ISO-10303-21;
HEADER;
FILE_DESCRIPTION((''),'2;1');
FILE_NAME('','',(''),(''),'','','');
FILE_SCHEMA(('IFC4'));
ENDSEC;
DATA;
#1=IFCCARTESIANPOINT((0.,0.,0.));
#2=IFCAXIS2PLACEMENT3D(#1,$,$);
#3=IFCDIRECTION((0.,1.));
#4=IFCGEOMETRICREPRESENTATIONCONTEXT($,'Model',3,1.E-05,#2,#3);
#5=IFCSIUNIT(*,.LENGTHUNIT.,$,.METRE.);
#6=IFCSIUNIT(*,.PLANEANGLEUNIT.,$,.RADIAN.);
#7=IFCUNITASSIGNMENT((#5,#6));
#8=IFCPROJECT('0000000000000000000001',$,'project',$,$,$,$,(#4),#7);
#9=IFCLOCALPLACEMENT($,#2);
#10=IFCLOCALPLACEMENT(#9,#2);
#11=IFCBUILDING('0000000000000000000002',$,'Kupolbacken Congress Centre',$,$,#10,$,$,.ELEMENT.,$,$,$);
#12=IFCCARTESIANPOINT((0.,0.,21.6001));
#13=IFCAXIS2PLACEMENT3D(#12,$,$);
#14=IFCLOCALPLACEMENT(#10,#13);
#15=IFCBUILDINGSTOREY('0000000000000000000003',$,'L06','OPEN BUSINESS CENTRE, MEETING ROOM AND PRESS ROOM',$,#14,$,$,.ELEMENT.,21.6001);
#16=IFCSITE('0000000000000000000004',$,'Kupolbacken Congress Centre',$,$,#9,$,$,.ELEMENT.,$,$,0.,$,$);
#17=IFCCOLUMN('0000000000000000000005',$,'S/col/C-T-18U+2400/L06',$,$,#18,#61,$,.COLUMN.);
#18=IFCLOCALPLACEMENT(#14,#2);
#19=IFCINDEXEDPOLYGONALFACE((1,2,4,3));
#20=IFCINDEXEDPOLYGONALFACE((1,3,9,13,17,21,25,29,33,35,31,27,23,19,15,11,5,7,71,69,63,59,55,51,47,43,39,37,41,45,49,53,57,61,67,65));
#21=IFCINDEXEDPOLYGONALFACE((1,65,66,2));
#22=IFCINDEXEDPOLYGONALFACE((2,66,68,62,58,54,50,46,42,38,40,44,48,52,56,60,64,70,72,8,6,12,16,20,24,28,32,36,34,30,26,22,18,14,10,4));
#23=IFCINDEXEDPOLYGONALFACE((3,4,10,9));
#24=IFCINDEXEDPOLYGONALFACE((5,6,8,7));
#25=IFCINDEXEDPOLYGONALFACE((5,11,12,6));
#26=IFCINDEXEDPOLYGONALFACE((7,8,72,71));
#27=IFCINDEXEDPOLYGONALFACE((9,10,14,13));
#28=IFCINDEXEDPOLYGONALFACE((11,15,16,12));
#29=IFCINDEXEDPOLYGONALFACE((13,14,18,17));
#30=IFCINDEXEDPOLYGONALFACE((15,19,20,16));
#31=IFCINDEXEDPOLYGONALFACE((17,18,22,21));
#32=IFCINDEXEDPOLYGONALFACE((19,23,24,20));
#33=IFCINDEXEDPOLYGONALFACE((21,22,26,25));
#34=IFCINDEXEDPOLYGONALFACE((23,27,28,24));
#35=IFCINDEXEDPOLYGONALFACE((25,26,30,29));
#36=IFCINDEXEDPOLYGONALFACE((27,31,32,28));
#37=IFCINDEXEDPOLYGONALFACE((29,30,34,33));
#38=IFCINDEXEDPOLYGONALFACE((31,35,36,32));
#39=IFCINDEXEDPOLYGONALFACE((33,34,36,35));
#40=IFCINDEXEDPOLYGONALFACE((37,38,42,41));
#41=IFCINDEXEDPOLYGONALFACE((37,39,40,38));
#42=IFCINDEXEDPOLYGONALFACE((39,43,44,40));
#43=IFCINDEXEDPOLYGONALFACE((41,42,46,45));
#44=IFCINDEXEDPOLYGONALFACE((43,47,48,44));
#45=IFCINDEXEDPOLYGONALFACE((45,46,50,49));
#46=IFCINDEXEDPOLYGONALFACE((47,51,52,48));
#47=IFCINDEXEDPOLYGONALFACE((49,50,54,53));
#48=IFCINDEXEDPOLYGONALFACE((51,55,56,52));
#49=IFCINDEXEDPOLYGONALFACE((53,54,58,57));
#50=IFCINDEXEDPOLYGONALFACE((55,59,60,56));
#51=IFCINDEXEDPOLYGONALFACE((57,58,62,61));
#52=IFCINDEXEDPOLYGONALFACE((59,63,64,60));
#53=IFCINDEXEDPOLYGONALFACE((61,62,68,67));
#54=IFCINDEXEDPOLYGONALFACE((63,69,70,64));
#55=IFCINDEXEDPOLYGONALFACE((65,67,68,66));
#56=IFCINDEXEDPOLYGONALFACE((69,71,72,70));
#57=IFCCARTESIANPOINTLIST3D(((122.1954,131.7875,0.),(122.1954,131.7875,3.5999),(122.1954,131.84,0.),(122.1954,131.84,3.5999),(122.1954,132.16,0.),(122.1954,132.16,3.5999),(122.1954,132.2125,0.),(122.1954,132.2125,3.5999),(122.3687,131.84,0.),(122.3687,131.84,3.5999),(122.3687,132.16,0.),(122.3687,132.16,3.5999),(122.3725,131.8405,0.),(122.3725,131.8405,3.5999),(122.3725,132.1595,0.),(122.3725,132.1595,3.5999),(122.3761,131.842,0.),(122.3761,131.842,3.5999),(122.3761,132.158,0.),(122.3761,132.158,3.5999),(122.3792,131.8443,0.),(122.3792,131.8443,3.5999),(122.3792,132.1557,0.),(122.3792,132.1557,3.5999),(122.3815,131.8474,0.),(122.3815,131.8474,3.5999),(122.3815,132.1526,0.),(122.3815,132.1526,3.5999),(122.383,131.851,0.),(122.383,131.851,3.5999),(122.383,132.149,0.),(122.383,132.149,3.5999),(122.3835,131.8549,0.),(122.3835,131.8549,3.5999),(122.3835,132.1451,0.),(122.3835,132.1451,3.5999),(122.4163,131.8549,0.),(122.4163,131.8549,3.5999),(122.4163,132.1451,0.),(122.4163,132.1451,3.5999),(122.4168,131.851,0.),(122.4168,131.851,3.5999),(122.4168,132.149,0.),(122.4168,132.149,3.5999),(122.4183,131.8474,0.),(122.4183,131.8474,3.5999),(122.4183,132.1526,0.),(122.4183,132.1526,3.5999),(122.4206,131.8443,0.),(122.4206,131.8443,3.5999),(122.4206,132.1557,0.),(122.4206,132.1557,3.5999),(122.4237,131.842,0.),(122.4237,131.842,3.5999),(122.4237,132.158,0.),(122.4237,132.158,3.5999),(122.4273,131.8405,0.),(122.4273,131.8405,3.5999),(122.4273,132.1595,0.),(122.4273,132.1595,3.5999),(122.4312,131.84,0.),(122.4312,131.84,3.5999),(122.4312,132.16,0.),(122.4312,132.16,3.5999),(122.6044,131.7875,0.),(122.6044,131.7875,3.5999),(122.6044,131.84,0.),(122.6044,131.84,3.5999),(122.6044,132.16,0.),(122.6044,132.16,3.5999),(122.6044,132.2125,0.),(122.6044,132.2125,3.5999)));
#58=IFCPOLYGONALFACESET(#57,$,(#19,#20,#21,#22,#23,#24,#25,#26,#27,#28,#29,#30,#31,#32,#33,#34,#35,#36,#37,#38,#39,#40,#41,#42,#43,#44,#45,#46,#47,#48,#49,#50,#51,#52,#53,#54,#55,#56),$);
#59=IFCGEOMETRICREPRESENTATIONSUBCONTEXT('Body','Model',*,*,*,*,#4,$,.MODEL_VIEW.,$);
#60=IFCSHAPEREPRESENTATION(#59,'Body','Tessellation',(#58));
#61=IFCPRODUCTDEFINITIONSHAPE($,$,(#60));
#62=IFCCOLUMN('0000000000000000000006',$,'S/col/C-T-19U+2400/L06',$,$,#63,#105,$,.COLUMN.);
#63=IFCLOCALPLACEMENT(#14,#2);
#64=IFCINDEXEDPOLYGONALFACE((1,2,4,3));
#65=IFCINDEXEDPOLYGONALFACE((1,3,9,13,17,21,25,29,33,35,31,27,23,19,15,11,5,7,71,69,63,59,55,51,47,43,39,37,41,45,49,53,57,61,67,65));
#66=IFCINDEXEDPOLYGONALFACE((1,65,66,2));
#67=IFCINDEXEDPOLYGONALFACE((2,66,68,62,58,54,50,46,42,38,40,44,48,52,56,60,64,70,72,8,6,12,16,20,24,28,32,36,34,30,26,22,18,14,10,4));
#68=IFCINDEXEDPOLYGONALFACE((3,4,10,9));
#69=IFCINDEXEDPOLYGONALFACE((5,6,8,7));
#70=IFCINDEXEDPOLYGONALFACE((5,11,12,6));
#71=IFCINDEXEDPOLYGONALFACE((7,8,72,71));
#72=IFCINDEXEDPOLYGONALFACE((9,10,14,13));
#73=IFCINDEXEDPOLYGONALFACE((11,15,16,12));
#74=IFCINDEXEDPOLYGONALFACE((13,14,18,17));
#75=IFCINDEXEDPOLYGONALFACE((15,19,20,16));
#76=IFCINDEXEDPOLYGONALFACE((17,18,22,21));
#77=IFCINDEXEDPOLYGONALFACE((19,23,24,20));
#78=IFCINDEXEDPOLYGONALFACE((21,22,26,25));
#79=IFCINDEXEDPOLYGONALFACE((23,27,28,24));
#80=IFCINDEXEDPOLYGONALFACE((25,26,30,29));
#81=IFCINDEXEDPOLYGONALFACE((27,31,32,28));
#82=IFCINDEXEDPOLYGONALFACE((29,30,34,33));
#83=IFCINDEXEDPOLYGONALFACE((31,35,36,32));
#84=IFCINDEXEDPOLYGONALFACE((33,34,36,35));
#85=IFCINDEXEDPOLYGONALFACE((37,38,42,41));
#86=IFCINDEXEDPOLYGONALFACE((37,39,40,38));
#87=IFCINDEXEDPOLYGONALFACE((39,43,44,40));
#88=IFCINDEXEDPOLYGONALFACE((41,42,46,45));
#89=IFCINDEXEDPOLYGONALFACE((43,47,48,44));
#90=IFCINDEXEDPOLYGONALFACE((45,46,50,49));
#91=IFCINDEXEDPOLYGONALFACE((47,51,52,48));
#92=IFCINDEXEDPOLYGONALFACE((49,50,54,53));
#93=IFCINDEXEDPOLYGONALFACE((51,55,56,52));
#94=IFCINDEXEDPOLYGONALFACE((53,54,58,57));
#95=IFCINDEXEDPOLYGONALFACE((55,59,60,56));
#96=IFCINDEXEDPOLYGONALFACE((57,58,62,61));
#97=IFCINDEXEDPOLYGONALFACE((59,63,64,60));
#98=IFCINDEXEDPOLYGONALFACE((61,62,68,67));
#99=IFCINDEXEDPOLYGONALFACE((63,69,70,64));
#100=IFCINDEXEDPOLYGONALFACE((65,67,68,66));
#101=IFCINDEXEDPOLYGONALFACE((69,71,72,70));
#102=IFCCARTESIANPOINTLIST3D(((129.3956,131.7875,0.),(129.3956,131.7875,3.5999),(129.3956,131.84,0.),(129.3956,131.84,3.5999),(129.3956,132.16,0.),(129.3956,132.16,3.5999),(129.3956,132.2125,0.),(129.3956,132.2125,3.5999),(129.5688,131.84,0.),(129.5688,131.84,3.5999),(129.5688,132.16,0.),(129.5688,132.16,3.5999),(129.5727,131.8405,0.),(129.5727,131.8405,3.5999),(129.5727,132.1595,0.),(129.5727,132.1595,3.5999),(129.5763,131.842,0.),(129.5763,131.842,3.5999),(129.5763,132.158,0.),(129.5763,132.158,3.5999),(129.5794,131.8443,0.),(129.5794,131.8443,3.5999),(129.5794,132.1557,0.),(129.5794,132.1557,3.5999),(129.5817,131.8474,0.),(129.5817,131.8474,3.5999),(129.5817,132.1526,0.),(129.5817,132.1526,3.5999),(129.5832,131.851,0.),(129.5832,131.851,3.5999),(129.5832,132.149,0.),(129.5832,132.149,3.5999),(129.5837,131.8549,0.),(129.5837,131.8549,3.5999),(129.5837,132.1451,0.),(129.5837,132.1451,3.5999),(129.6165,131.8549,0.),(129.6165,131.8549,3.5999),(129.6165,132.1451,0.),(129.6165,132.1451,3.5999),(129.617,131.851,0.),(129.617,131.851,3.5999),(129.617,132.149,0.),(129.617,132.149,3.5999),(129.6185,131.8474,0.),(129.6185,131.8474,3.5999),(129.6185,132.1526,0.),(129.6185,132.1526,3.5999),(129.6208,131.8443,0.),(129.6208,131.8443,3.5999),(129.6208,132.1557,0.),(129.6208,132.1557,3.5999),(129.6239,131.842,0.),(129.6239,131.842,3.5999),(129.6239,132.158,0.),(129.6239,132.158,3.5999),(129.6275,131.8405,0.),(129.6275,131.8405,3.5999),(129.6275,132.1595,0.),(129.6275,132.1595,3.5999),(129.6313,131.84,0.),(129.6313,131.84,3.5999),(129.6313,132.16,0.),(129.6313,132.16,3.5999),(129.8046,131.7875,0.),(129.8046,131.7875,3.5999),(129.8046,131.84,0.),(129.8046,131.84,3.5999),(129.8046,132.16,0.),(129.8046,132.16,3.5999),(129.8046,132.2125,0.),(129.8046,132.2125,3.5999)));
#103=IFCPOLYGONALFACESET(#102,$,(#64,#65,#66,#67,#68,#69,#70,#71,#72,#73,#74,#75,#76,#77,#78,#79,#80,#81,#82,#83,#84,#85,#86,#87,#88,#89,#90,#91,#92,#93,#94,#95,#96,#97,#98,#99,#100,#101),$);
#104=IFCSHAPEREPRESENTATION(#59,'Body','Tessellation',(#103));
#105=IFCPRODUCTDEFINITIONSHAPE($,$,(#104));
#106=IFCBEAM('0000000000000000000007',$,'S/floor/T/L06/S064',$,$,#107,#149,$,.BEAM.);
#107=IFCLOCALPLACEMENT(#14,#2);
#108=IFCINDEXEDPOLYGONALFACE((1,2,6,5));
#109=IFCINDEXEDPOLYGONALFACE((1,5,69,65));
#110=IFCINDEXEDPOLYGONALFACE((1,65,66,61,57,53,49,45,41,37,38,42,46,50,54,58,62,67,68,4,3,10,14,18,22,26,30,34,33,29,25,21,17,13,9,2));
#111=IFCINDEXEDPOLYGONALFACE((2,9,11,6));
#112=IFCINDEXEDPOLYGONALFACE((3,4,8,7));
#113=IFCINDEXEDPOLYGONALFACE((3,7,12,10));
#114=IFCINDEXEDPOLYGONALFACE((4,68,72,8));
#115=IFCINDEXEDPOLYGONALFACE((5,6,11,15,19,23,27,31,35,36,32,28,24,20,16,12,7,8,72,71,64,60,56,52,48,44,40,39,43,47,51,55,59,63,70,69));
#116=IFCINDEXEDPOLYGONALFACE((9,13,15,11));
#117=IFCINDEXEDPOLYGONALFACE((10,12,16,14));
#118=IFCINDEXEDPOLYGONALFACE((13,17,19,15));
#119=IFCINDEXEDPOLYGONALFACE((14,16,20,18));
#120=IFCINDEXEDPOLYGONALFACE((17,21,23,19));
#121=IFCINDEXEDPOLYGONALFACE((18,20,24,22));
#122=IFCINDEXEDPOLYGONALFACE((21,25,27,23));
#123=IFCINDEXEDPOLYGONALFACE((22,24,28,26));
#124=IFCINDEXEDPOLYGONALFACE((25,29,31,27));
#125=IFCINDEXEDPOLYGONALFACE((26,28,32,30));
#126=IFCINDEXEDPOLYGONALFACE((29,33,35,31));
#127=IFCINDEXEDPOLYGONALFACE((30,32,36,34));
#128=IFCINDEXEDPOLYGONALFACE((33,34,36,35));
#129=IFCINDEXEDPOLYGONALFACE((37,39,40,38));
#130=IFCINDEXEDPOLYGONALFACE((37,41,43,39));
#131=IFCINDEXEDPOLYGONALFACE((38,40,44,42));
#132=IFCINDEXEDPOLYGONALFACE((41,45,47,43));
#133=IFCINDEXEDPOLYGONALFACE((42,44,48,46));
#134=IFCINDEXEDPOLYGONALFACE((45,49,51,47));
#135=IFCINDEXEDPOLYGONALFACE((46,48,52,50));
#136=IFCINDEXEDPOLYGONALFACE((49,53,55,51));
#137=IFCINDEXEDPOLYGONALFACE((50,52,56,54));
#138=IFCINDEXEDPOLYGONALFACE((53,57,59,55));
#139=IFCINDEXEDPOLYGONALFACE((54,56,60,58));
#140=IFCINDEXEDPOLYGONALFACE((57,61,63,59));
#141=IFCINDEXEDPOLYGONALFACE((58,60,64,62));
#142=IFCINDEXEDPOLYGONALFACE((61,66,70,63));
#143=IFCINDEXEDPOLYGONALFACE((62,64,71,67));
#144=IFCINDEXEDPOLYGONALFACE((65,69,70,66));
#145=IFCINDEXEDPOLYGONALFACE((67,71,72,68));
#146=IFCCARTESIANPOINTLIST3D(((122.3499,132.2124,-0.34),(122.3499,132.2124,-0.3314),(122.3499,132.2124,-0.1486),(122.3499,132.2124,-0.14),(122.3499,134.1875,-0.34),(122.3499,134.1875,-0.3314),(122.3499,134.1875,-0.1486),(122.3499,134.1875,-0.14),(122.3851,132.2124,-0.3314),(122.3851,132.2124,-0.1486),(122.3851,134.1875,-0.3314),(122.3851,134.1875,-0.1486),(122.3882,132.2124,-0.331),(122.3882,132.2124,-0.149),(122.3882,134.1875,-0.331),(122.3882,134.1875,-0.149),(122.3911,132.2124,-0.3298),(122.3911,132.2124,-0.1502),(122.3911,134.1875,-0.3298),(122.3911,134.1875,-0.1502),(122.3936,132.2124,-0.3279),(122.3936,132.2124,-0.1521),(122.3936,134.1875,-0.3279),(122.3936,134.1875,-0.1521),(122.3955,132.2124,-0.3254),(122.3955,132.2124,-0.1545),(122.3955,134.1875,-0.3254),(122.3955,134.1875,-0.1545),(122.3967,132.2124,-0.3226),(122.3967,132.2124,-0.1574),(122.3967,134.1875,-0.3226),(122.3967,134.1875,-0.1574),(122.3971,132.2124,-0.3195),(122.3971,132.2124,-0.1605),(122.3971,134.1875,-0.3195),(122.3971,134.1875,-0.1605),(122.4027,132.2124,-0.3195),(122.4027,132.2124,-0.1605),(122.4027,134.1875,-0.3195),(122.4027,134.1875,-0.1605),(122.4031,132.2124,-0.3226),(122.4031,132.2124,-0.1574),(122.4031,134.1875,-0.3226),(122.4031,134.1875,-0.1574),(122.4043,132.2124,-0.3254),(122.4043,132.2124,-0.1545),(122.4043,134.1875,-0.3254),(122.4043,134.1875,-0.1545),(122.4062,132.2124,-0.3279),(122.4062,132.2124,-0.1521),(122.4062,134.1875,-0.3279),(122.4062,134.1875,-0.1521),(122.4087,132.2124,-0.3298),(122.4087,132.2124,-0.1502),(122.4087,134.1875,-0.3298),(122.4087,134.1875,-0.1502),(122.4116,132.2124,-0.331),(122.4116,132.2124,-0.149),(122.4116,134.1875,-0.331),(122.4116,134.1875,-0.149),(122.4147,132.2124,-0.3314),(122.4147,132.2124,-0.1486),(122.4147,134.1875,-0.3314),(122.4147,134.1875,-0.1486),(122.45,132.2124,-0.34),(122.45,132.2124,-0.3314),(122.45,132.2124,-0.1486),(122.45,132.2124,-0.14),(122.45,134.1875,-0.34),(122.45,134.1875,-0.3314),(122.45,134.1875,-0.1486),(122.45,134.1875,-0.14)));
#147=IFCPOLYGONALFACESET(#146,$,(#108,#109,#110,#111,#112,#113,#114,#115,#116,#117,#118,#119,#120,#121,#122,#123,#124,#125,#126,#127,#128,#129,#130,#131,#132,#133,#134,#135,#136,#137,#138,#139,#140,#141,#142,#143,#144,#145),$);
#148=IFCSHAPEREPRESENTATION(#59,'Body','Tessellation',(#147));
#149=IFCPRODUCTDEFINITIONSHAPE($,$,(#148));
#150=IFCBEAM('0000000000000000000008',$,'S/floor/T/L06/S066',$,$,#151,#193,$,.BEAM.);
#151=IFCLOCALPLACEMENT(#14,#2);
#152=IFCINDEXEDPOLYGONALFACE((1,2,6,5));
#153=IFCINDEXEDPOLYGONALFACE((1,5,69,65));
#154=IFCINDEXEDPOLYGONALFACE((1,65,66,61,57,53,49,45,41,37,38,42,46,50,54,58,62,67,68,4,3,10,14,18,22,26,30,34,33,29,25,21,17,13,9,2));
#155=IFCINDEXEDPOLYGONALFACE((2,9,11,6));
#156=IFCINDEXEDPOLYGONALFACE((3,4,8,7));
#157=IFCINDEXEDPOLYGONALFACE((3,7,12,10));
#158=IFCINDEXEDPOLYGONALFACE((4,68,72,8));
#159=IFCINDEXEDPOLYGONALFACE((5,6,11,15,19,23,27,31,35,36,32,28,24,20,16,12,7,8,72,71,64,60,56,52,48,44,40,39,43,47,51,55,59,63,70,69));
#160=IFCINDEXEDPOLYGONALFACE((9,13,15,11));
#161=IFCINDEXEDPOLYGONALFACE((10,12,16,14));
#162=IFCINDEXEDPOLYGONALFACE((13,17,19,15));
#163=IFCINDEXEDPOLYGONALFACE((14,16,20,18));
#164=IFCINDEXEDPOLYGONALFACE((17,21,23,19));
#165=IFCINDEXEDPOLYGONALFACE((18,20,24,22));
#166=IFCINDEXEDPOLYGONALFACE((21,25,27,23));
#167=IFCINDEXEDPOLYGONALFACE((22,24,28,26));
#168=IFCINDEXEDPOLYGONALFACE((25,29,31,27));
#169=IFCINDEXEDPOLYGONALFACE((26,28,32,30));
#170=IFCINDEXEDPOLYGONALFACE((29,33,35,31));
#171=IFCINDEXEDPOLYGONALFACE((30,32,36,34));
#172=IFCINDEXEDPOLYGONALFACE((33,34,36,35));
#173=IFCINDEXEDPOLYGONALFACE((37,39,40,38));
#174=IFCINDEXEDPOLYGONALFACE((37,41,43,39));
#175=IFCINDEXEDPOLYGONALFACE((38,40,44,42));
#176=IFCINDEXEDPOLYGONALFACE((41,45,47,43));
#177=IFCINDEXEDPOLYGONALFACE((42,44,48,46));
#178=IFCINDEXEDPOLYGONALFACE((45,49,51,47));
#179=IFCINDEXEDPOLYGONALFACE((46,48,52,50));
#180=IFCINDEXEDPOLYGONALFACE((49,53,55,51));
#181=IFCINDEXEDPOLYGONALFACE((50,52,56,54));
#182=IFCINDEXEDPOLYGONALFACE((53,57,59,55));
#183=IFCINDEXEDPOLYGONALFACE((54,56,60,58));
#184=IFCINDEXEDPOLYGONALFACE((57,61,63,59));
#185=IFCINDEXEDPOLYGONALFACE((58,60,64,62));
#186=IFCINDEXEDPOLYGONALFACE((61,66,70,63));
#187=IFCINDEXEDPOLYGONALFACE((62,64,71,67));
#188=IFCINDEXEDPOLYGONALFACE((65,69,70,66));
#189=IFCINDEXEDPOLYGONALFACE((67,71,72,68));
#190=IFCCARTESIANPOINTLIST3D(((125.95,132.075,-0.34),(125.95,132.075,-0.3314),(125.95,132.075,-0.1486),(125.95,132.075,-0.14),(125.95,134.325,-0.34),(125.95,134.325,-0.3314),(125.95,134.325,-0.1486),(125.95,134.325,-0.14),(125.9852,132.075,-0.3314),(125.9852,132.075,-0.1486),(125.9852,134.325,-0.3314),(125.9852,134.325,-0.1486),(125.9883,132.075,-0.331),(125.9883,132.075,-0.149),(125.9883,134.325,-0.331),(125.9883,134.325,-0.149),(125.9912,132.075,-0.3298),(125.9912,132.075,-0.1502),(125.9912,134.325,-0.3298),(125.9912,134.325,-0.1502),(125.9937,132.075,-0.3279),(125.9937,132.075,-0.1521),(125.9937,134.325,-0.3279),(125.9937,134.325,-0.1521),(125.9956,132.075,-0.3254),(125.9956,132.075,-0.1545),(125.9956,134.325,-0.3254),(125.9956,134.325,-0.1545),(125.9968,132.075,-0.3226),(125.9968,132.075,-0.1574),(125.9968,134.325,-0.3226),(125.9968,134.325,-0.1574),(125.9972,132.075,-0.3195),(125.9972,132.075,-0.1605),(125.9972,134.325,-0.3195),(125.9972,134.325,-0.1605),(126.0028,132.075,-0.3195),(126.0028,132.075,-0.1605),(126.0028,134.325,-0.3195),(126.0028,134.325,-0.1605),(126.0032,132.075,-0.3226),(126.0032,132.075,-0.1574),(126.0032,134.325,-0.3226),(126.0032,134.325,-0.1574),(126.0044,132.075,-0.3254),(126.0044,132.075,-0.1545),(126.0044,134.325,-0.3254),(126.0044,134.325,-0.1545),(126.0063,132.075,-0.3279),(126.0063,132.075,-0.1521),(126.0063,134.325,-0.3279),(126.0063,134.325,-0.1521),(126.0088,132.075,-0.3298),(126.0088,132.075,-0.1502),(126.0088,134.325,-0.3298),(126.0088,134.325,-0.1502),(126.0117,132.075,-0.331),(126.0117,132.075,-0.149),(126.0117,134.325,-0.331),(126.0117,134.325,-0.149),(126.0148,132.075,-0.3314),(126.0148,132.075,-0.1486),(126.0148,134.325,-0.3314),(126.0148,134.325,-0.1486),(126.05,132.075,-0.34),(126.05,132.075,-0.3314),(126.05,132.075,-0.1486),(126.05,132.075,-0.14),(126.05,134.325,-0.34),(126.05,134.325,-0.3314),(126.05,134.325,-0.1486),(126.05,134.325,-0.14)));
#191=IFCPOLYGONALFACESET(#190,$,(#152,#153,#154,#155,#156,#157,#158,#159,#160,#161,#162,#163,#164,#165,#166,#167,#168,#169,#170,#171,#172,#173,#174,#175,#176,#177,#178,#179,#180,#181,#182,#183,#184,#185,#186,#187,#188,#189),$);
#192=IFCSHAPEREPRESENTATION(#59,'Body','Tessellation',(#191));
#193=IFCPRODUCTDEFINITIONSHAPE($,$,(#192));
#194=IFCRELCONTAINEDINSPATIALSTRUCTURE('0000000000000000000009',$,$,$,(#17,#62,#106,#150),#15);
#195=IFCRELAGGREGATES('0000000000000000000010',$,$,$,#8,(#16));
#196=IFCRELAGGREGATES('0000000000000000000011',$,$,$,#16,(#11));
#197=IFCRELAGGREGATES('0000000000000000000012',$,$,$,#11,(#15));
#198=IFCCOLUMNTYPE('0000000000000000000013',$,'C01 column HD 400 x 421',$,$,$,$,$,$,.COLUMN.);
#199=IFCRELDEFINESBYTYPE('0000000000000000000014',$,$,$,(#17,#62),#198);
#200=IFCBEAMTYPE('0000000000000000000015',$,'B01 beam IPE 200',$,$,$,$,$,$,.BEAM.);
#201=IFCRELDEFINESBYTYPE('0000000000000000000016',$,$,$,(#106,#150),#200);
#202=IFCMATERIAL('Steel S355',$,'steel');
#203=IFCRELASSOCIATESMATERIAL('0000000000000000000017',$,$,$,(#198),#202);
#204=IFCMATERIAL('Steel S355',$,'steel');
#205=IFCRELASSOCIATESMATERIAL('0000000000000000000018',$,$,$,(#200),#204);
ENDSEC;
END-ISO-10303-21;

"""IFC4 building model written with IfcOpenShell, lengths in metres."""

from ifc_helpers import new_model, si_unit, direction, frame, origin, origin_2d, place, context, subcontext, project, spatial, i_section, extrude, material, material_profile, profile_set, type_object, element, save


model = new_model("IFC4")

# Units and contexts
model_context = context("Model", 3, precision=1e-05, world=origin(), true_north=direction((0.0, 1.0)))
body_context = subcontext(model_context, "Body", "Model", "MODEL_VIEW")
ifc_project = project(units=[si_unit("LENGTHUNIT", "METRE"), si_unit("PLANEANGLEUNIT", "RADIAN")], contexts=[model_context])

# Site, building, storey
site_placement = place(None, origin())
site = spatial("IfcSite", under=ifc_project, at=site_placement, Name="Kupolbacken Congress Centre", CompositionType="ELEMENT", RefElevation=0.0)
building_placement = place(site_placement, origin())
building = spatial("IfcBuilding", under=site, at=building_placement, Name="Kupolbacken Congress Centre", CompositionType="ELEMENT")
storey_placement = place(building_placement, frame((0.0, 0.0, 21.6001)))
storey = spatial("IfcBuildingStorey", under=building, at=storey_placement, Name="L06", Description="OPEN BUSINESS CENTRE, MEETING ROOM AND PRESS ROOM", CompositionType="ELEMENT", Elevation=21.6001)

# Columns
ifc_material_1 = material(Name="Steel S355", Category="steel")
ifc_material_profile_1 = material_profile(ifc_material_1, i_section(OverallWidth=0.4089, OverallDepth=0.425, WebThickness=0.0327, FlangeThickness=0.0525, FilletRadius=0.0149, at=origin_2d()), Name="HD 400 x 421")
ifc_profile_set_1 = profile_set([ifc_material_profile_1], Name="Steel S355")
column_type = type_object("IfcColumnType", Name="C01 column HD 400 x 421", PredefinedType="COLUMN", material=ifc_profile_set_1)
for number, where, z_axis, x_axis, name in (
    (1, (122.3999, 132.0, 0.0), (0.0, 0.0, 1.0), (1.0, 0.0, 0.0), "S/col/C-T-18U+2400/L06"),
    (2, (129.6001, 132.0, 0.0), (0.0, 0.0, 1.0), (1.0, 0.0, 0.0), "S/col/C-T-19U+2400/L06"),
):
    element("IfcColumn", number, at=place(storey_placement, frame(where, z_axis=z_axis, x_axis=x_axis)), inside=storey, type_object=column_type, Name=name, PredefinedType="COLUMN", context=body_context, shape_type="SweptSolid", body=[
        extrude(i_section(OverallWidth=0.4089, OverallDepth=0.425, WebThickness=0.0327, FlangeThickness=0.0525, FilletRadius=0.0149, at=origin_2d()), origin(), (0.0, 0.0, 1.0), 3.5999),
    ])

# Beams
ifc_material_2 = material(Name="Steel S355", Category="steel")
ifc_material_profile_2 = material_profile(ifc_material_2, i_section(OverallWidth=0.1001, OverallDepth=0.2, WebThickness=0.0056, FlangeThickness=0.0085, FilletRadius=0.012, at=origin_2d()), Name="IPE 200")
ifc_profile_set_2 = profile_set([ifc_material_profile_2], Name="Steel S355")
beam_type_1 = type_object("IfcBeamType", Name="B01 beam IPE 200", PredefinedType="BEAM", material=ifc_profile_set_2)
beam_1_placement = place(storey_placement, frame((122.3999, 132.2124, -0.24), z_axis=(0.0, 1.0, 0.0), x_axis=(-1.0, 0.0, 0.0)))
element("IfcBeam", 3, at=beam_1_placement, inside=storey, type_object=beam_type_1, Name="S/floor/T/L06/S064", PredefinedType="BEAM", context=body_context, shape_type="SweptSolid", body=[
    extrude(i_section(OverallWidth=0.1001, OverallDepth=0.2, WebThickness=0.0056, FlangeThickness=0.0085, FilletRadius=0.012, at=origin_2d()), origin(), (0.0, 0.0, 1.0), 1.9751),
])
beam_2_placement = place(storey_placement, frame((126.0, 132.075, -0.24), z_axis=(0.0, 1.0, 0.0), x_axis=(-1.0, 0.0, 0.0)))
element("IfcBeam", 4, at=beam_2_placement, inside=storey, type_object=beam_type_1, Name="S/floor/T/L06/S066", PredefinedType="BEAM", context=body_context, shape_type="SweptSolid", body=[
    extrude(i_section(OverallWidth=0.1001, OverallDepth=0.2, WebThickness=0.0056, FlangeThickness=0.0085, FilletRadius=0.012, at=origin_2d()), origin(), (0.0, 0.0, 1.0), 2.25),
])

save(model, "model.ifc")
